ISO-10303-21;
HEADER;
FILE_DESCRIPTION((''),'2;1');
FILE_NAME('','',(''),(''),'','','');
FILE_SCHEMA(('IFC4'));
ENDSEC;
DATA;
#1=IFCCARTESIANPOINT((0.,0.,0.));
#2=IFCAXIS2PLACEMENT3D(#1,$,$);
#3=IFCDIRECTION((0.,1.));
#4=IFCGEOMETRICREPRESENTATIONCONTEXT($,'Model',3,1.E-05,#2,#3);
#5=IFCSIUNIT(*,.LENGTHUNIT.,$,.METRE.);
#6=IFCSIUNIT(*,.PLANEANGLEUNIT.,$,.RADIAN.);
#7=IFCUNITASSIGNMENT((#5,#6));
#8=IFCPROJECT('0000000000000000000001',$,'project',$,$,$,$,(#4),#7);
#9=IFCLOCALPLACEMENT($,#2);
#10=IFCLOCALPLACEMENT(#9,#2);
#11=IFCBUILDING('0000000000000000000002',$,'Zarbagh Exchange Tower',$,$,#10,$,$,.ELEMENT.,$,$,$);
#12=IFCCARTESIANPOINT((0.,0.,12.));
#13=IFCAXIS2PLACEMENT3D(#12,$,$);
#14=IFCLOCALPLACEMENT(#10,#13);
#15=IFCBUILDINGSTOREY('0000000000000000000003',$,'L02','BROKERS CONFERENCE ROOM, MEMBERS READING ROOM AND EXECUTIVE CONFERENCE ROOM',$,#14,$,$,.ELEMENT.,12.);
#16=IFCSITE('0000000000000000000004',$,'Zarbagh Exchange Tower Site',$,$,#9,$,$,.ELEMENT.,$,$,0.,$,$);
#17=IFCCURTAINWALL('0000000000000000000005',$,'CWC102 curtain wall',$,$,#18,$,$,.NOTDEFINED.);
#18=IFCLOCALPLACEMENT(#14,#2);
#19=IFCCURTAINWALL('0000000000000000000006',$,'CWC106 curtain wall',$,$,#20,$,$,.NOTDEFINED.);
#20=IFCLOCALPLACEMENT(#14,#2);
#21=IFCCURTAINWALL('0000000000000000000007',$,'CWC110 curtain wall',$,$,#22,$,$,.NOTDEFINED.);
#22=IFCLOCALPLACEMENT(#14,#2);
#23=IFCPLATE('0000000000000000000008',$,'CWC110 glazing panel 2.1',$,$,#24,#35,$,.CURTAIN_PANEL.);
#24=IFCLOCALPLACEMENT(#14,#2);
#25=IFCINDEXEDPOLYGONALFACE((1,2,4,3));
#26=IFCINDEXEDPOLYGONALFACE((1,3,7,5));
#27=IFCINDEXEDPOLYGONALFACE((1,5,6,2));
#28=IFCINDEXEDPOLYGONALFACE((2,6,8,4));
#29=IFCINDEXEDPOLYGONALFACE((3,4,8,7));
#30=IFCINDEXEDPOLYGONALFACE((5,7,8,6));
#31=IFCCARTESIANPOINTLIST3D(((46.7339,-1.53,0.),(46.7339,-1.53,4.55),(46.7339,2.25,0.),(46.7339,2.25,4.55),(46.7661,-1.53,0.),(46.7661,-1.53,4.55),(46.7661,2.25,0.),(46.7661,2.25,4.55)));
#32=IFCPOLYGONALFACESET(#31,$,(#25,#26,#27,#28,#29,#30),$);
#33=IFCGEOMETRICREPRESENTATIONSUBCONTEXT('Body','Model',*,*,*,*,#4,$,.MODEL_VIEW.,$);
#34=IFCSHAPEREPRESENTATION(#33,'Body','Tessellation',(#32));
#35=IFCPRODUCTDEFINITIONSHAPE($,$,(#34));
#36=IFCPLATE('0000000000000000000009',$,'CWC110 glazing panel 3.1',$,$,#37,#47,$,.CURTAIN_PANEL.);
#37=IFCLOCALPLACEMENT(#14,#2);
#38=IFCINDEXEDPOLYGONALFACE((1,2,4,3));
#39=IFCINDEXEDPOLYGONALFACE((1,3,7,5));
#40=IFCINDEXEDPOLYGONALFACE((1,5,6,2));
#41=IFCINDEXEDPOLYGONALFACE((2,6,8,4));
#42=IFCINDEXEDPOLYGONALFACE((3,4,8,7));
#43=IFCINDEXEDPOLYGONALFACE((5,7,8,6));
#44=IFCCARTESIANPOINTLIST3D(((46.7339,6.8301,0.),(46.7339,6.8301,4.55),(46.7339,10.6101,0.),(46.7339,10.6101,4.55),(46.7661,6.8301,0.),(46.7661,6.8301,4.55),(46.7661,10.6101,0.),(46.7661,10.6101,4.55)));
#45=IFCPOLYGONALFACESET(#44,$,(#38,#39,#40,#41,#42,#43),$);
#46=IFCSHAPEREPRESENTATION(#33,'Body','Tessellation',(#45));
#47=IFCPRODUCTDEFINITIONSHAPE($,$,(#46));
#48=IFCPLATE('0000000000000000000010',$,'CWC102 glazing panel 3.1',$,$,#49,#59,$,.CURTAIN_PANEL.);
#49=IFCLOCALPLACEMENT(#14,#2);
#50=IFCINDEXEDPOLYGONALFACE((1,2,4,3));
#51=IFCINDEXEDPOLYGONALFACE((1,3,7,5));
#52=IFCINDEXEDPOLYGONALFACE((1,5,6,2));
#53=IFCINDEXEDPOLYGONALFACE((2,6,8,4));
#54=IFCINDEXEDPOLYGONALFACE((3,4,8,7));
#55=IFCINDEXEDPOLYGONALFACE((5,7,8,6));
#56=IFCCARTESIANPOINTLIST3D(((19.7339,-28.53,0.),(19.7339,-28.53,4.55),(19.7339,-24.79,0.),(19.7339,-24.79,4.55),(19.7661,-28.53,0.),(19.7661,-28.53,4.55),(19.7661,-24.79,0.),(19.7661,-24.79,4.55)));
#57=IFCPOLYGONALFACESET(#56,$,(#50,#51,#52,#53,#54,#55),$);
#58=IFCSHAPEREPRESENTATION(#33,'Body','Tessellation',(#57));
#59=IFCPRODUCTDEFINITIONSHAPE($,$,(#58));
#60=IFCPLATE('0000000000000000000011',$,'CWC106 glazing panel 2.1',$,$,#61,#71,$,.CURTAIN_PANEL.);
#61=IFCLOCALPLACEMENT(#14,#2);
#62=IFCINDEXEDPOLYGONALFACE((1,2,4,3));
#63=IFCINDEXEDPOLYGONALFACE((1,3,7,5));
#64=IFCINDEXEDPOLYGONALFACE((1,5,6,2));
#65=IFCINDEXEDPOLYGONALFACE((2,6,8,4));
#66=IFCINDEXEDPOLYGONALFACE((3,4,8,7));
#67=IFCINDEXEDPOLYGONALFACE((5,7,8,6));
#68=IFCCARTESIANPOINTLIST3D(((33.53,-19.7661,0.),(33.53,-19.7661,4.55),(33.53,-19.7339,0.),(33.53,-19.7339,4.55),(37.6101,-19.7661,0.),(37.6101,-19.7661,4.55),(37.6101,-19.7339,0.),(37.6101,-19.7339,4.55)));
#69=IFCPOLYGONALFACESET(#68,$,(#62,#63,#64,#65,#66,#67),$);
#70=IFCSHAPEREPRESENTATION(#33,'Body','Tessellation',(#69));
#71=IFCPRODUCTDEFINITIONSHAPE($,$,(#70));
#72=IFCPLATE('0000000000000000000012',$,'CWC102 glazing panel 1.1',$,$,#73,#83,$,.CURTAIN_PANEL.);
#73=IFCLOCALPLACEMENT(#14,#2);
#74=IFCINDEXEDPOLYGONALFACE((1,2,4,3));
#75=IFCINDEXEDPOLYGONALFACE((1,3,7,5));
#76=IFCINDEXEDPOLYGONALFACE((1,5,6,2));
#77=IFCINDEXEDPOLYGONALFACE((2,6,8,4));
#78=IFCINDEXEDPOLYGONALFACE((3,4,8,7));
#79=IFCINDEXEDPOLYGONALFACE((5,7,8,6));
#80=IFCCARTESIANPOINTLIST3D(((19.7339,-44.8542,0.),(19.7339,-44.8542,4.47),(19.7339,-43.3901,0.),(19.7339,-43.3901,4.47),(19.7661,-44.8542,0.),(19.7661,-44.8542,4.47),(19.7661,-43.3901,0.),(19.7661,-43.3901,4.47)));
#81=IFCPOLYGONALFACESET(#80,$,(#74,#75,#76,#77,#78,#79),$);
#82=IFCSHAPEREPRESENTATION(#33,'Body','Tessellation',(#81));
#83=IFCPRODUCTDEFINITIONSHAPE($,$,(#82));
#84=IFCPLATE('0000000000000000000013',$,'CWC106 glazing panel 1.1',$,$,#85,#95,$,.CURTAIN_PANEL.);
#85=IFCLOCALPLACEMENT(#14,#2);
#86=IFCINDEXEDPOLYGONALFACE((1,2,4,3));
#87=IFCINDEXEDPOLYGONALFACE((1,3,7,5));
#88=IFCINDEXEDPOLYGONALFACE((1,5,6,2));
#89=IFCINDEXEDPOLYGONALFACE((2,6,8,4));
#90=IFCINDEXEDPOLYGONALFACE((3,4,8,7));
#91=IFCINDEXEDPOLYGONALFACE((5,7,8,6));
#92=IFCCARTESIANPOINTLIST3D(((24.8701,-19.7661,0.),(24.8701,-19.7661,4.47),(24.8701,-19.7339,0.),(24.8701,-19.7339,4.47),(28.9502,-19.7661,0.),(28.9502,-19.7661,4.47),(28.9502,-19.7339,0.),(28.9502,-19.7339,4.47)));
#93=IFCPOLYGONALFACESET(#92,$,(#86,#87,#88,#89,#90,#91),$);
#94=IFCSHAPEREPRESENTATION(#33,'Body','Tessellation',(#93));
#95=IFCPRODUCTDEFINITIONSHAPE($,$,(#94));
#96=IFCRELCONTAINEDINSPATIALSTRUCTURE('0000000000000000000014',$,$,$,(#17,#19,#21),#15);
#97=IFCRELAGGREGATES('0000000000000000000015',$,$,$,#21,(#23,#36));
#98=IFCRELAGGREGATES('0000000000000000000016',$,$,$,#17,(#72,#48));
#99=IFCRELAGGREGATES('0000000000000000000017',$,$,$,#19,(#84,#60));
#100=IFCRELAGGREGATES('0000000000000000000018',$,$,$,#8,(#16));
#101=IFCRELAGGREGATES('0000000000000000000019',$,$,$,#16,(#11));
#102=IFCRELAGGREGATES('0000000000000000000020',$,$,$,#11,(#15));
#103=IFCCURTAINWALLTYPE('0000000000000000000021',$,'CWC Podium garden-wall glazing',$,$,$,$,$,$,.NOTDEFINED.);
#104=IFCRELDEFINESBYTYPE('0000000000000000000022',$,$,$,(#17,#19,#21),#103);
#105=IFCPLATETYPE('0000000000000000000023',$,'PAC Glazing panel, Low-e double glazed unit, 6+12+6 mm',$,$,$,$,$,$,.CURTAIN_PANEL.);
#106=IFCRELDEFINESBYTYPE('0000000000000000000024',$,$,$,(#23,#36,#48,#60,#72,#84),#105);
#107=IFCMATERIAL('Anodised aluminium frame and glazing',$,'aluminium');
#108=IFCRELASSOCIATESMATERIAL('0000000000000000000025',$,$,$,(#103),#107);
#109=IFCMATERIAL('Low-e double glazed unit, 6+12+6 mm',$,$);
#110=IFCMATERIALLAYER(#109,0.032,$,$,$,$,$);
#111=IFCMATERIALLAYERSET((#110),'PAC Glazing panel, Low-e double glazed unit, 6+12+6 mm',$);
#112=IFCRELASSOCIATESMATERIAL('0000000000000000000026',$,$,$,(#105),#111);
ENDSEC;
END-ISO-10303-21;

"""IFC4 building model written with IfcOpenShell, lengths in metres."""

from ifc_helpers import new_model, si_unit, direction, frame, origin, place, context, subcontext, project, spatial, polyline, outline, extrude, source, transform, mapped, material, layer, layer_set, type_object, element, aggregate, save


model = new_model("IFC4")

# Units and contexts
model_context = context("Model", 3, precision=1e-05, world=origin(), true_north=direction((0.0, 1.0)))
body_context = subcontext(model_context, "Body", "Model", "MODEL_VIEW")
ifc_project = project(units=[si_unit("LENGTHUNIT", "METRE"), si_unit("PLANEANGLEUNIT", "RADIAN")], contexts=[model_context])

# Site, building, storey
site_placement = place(None, origin())
site = spatial("IfcSite", under=ifc_project, at=site_placement, Name="Zarbagh Exchange Tower Site", CompositionType="ELEMENT", RefElevation=0.0)
building_placement = place(site_placement, origin())
building = spatial("IfcBuilding", under=site, at=building_placement, Name="Zarbagh Exchange Tower", CompositionType="ELEMENT")
storey_placement = place(building_placement, frame((0.0, 0.0, 12.0)))
storey = spatial("IfcBuildingStorey", under=building, at=storey_placement, Name="L02", Description="BROKERS CONFERENCE ROOM, MEMBERS READING ROOM AND EXECUTIVE CONFERENCE ROOM", CompositionType="ELEMENT", Elevation=12.0)

# Curtain wall
ifc_material_1 = material(Name="Anodised aluminium frame and glazing", Category="aluminium")
curtain_wall_type = type_object("IfcCurtainWallType", Name="CWC Podium garden-wall glazing", PredefinedType="NOTDEFINED", material=ifc_material_1)
curtain_wall_1_placement = place(storey_placement, origin())
curtain_wall_1 = element("IfcCurtainWall", 1, at=curtain_wall_1_placement, inside=storey, type_object=curtain_wall_type, Name="CWC102 curtain wall", PredefinedType="NOTDEFINED")
placement = place(storey_placement, origin())

# Curtain wall
curtain_wall_2_placement = place(storey_placement, origin())
curtain_wall_2 = element("IfcCurtainWall", 2, at=curtain_wall_2_placement, inside=storey, type_object=curtain_wall_type, Name="CWC106 curtain wall", PredefinedType="NOTDEFINED")

# Curtain wall
curtain_wall_3_placement = place(storey_placement, origin())
curtain_wall_3 = element("IfcCurtainWall", 3, at=curtain_wall_3_placement, inside=storey, type_object=curtain_wall_type, Name="CWC110 curtain wall", PredefinedType="NOTDEFINED")

# Shared definitions
ifc_material_2 = material(Name="Low-e double glazed unit, 6+12+6 mm")
ifc_layer = layer(ifc_material_2, 0.032)
ifc_layer_set = layer_set([ifc_layer], Name="PAC Glazing panel, Low-e double glazed unit, 6+12+6 mm")
plate_type = type_object("IfcPlateType", Name="PAC Glazing panel, Low-e double glazed unit, 6+12+6 mm", PredefinedType="CURTAIN_PANEL", material=ifc_layer_set)

# Plates
shared_shape_1 = source(origin(), body_context, "Body", "SweptSolid", [
    extrude(outline(polyline([(0.0, -0.0161), (3.78, -0.0161), (3.78, 0.0161), (0.0, 0.0161), (0.0, -0.0161)])), origin(), (0.0, 0.0, 1.0), 4.55),
])
plate_1 = element("IfcPlate", 4, at=placement, type_object=plate_type, Name="CWC110 glazing panel 2.1", PredefinedType="CURTAIN_PANEL", context=body_context, shape_type="MappedRepresentation", body=[
    mapped(shared_shape_1, transform((46.75, -1.53, 0.0), x_axis=(0.0, 1.0, 0.0), y_axis=(-1.0, 0.0, 0.0), z_axis=(0.0, 0.0, 1.0))),
])
plate_2 = element("IfcPlate", 5, at=placement, type_object=plate_type, Name="CWC110 glazing panel 3.1", PredefinedType="CURTAIN_PANEL", context=body_context, shape_type="MappedRepresentation", body=[
    mapped(shared_shape_1, transform((46.75, 6.8301, 0.0), x_axis=(0.0, 1.0, 0.0), y_axis=(-1.0, 0.0, 0.0), z_axis=(0.0, 0.0, 1.0))),
])
aggregate(curtain_wall_3, [plate_1, plate_2])
shared_shape_2 = source(origin(), body_context, "Body", "SweptSolid", [
    extrude(outline(polyline([(0.0, -0.0161), (3.74, -0.0161), (3.74, 0.0161), (0.0, 0.0161), (0.0, -0.0161)])), origin(), (0.0, 0.0, 1.0), 4.55),
])
plate_3 = element("IfcPlate", 6, at=placement, type_object=plate_type, Name="CWC102 glazing panel 3.1", PredefinedType="CURTAIN_PANEL", context=body_context, shape_type="MappedRepresentation", body=[
    mapped(shared_shape_2, transform((19.75, -28.53, 0.0), x_axis=(0.0, 1.0, 0.0), y_axis=(-1.0, 0.0, 0.0), z_axis=(0.0, 0.0, 1.0))),
])
shared_shape_3 = source(origin(), body_context, "Body", "SweptSolid", [
    extrude(outline(polyline([(0.0, -0.0161), (4.0801, -0.0161), (4.0801, 0.0161), (0.0, 0.0161), (0.0, -0.0161)])), origin(), (0.0, 0.0, 1.0), 4.55),
])
plate_4 = element("IfcPlate", 7, at=placement, type_object=plate_type, Name="CWC106 glazing panel 2.1", PredefinedType="CURTAIN_PANEL", context=body_context, shape_type="MappedRepresentation", body=[
    mapped(shared_shape_3, transform((33.53, -19.75, 0.0), x_axis=(1.0, 0.0, 0.0), y_axis=(0.0, 1.0, 0.0), z_axis=(0.0, 0.0, 1.0))),
])
shared_shape_4 = source(origin(), body_context, "Body", "SweptSolid", [
    extrude(outline(polyline([(0.0, -0.0161), (1.4641, -0.0161), (1.4641, 0.0161), (0.0, 0.0161), (0.0, -0.0161)])), origin(), (0.0, 0.0, 1.0), 4.47),
])
plate_5 = element("IfcPlate", 8, at=placement, type_object=plate_type, Name="CWC102 glazing panel 1.1", PredefinedType="CURTAIN_PANEL", context=body_context, shape_type="MappedRepresentation", body=[
    mapped(shared_shape_4, transform((19.75, -44.8542, 0.0), x_axis=(0.0, 1.0, 0.0), y_axis=(-1.0, 0.0, 0.0), z_axis=(0.0, 0.0, 1.0))),
])
aggregate(curtain_wall_1, [plate_5, plate_3])
shared_shape_5 = source(origin(), body_context, "Body", "SweptSolid", [
    extrude(outline(polyline([(0.0, -0.0161), (4.0801, -0.0161), (4.0801, 0.0161), (0.0, 0.0161), (0.0, -0.0161)])), origin(), (0.0, 0.0, 1.0), 4.47),
])
plate_6 = element("IfcPlate", 9, at=placement, type_object=plate_type, Name="CWC106 glazing panel 1.1", PredefinedType="CURTAIN_PANEL", context=body_context, shape_type="MappedRepresentation", body=[
    mapped(shared_shape_5, transform((24.8701, -19.75, 0.0), x_axis=(1.0, 0.0, 0.0), y_axis=(0.0, 1.0, 0.0), z_axis=(0.0, 0.0, 1.0))),
])
aggregate(curtain_wall_2, [plate_6, plate_4])

save(model, "model.ifc")
